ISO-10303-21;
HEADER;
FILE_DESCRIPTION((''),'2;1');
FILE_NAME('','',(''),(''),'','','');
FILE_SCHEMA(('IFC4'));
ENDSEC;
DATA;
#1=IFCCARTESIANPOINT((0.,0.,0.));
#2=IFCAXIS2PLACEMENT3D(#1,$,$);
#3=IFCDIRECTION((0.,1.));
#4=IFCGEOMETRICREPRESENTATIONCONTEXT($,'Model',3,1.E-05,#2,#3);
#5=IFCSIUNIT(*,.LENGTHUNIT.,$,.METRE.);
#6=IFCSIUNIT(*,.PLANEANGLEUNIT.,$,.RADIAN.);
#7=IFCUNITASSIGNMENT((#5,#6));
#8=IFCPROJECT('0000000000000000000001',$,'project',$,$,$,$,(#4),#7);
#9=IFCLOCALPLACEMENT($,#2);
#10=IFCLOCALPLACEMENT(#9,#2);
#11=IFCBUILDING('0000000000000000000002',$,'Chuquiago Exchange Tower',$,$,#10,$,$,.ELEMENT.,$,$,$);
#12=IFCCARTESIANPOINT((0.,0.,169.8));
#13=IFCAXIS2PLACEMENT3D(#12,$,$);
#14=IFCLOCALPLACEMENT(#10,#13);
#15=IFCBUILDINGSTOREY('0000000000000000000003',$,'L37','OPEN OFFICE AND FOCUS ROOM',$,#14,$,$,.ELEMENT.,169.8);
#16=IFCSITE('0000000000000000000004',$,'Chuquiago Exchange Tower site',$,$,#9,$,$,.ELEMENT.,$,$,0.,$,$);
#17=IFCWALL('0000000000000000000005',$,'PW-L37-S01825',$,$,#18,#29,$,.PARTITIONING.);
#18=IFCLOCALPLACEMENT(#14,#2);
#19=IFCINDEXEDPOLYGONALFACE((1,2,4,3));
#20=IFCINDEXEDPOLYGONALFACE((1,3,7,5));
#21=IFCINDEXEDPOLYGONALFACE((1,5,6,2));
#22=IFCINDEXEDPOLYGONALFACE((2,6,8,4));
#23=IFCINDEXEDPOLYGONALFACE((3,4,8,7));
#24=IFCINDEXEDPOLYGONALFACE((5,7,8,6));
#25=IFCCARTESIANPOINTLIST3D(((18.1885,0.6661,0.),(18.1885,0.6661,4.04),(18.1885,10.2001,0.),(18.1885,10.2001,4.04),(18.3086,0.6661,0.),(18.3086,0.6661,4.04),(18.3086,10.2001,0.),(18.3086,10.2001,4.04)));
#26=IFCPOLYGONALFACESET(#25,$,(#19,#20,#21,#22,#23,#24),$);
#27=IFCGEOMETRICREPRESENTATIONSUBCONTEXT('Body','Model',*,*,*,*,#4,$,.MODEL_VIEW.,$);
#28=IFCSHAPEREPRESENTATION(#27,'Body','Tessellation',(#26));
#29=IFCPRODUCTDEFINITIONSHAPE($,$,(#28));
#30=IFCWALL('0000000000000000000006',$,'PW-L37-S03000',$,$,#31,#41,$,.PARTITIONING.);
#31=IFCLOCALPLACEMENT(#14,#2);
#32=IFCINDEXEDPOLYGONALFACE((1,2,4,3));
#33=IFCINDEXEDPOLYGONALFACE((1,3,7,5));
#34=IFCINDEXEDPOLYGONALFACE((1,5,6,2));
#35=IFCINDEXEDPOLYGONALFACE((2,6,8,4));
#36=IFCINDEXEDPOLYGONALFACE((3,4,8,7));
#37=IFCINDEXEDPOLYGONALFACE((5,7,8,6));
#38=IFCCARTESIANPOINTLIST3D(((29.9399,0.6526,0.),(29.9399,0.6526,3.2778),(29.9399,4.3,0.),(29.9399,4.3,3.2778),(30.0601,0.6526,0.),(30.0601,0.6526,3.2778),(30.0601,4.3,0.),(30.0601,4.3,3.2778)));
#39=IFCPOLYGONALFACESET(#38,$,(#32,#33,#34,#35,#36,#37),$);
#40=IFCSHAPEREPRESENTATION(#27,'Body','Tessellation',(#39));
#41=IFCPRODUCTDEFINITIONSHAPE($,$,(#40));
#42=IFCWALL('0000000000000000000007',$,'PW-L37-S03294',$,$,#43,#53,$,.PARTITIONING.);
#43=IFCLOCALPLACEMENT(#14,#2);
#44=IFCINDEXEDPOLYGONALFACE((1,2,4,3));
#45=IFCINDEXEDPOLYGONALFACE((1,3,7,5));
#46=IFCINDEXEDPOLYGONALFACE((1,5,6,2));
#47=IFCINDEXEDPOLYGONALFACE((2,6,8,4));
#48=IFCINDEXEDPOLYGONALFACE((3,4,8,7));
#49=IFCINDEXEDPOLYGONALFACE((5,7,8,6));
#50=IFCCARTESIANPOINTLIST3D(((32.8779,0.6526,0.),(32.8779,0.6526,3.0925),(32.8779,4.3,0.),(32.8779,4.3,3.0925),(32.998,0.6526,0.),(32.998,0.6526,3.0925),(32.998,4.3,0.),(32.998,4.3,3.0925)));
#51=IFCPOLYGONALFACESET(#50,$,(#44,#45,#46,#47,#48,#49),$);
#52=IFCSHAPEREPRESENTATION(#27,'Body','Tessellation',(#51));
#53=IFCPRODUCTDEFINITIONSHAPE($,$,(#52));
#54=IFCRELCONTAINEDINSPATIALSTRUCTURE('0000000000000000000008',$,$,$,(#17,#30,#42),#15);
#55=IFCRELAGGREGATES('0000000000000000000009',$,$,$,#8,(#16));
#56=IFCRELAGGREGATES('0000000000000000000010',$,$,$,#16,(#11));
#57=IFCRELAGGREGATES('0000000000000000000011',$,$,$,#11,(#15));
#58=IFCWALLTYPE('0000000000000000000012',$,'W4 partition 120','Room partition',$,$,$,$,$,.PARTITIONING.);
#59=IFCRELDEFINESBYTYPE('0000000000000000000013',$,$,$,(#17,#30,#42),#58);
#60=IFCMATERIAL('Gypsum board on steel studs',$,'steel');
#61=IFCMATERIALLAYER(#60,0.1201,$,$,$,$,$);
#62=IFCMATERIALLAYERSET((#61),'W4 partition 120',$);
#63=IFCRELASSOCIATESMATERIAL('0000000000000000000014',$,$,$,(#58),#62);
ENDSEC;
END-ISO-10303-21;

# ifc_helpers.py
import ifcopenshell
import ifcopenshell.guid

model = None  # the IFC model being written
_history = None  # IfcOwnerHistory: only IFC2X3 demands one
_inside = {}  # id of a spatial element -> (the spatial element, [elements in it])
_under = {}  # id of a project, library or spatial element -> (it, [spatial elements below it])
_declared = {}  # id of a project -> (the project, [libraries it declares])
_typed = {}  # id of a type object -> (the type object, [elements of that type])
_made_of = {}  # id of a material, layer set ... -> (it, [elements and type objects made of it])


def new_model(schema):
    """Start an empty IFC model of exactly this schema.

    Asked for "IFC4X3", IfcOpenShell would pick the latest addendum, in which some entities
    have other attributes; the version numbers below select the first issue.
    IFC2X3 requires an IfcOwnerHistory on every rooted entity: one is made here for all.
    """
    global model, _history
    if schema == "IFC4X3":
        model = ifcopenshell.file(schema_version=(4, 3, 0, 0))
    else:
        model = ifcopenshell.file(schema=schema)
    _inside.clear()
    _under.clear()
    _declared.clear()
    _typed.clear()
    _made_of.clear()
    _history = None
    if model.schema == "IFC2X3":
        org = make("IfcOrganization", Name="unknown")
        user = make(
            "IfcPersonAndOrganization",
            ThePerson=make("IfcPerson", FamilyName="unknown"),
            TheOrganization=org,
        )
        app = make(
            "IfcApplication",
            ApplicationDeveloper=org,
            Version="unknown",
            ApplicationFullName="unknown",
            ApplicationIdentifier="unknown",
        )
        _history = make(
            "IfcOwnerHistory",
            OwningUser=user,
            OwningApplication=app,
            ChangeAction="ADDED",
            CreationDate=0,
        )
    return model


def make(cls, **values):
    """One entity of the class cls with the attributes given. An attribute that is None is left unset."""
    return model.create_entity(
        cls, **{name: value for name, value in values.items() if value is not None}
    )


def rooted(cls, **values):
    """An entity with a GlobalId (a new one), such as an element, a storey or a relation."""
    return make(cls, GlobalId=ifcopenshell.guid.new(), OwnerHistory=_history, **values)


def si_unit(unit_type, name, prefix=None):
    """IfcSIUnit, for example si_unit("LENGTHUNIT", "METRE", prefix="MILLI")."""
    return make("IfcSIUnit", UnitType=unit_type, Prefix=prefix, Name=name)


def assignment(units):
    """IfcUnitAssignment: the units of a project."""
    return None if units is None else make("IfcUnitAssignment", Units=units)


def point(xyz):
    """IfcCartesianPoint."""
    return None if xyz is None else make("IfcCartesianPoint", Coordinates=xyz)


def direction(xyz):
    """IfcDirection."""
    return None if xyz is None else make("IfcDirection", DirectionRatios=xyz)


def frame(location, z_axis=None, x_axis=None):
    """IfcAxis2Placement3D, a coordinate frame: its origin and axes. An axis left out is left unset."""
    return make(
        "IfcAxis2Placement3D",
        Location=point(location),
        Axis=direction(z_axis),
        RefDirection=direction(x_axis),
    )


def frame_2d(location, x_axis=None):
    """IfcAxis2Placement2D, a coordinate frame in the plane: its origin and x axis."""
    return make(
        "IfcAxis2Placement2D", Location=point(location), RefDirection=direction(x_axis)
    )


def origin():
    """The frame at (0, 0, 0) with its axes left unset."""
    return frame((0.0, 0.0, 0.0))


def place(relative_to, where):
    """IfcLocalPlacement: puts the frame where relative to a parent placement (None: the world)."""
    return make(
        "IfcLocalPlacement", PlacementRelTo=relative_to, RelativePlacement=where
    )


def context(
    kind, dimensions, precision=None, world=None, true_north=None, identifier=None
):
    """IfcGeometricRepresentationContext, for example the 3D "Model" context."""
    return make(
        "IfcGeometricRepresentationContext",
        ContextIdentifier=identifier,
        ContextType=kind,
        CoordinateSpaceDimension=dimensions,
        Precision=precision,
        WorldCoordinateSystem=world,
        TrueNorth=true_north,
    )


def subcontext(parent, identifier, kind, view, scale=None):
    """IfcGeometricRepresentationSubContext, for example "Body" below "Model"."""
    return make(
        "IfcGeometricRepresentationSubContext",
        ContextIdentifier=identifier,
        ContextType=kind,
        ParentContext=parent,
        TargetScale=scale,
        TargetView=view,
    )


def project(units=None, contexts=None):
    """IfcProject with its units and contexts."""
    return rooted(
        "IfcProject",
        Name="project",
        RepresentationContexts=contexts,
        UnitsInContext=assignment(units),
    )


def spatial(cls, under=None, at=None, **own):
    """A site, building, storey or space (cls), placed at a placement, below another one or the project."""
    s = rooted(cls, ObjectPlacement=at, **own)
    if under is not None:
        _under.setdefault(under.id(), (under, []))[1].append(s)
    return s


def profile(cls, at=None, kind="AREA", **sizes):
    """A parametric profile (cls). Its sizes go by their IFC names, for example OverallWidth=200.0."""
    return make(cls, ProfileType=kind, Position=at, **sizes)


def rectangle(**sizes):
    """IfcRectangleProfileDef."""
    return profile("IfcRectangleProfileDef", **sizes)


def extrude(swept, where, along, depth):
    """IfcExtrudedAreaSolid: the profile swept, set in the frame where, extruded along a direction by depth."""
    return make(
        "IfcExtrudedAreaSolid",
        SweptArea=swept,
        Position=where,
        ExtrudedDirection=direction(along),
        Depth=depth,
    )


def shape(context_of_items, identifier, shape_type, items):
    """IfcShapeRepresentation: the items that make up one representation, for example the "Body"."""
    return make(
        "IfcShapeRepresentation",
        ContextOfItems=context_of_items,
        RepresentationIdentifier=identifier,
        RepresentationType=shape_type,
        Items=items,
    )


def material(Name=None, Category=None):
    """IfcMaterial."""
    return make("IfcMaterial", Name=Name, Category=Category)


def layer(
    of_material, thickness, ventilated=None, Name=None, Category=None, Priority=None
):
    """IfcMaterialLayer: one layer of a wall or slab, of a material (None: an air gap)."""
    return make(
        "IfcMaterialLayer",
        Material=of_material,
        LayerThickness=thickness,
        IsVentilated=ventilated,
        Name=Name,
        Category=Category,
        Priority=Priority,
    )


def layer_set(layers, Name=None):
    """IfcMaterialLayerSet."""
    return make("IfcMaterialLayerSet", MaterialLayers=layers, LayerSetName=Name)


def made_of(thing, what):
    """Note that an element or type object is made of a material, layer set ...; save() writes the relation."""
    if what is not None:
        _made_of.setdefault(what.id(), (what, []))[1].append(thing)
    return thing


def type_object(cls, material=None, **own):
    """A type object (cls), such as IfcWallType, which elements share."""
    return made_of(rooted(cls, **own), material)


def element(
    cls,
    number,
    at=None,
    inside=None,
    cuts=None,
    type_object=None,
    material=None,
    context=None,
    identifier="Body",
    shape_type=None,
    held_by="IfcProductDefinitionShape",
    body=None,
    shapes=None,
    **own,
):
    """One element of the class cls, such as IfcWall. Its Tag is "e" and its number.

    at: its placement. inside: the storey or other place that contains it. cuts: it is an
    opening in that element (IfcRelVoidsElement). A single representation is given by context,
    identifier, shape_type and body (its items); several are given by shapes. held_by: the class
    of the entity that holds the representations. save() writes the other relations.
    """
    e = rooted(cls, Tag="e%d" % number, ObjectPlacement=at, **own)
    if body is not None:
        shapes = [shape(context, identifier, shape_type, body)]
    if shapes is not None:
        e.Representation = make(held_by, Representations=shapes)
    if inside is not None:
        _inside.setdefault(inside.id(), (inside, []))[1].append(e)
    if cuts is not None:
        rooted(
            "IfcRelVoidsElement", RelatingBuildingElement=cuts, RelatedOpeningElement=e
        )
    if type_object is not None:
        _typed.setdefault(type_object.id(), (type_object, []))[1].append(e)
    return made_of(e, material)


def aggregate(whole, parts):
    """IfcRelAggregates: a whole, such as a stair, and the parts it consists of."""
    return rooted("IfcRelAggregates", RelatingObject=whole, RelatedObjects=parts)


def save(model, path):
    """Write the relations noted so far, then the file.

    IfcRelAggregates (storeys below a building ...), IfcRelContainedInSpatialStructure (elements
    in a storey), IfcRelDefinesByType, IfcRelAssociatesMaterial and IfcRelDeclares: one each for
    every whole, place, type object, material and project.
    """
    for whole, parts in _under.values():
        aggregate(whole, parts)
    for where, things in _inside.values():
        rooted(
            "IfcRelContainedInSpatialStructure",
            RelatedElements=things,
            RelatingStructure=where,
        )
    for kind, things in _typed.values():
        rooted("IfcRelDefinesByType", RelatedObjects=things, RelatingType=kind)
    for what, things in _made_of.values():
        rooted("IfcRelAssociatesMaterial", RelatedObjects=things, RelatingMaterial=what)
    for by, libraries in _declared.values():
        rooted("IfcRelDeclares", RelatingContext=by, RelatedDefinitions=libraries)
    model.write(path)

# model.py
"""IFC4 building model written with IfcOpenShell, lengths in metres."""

from ifc_helpers import new_model, si_unit, direction, frame, frame_2d, origin, place, context, subcontext, project, spatial, rectangle, extrude, material, layer, layer_set, type_object, element, save


model = new_model("IFC4")

# Units and contexts
model_context = context("Model", 3, precision=1e-05, world=origin(), true_north=direction((0.0, 1.0)))
body_context = subcontext(model_context, "Body", "Model", "MODEL_VIEW")
ifc_project = project(units=[si_unit("LENGTHUNIT", "METRE"), si_unit("PLANEANGLEUNIT", "RADIAN")], contexts=[model_context])

# Site, building, storey
site_placement = place(None, origin())
site = spatial("IfcSite", under=ifc_project, at=site_placement, Name="Chuquiago Exchange Tower site", CompositionType="ELEMENT", RefElevation=0.0)
building_placement = place(site_placement, origin())
building = spatial("IfcBuilding", under=site, at=building_placement, Name="Chuquiago Exchange Tower", CompositionType="ELEMENT")
storey_placement = place(building_placement, frame((0.0, 0.0, 169.8)))
storey = spatial("IfcBuildingStorey", under=building, at=storey_placement, Name="L37", Description="OPEN OFFICE AND FOCUS ROOM", CompositionType="ELEMENT", Elevation=169.8)

# Walls
ifc_material_1 = material(Name="Gypsum board on steel studs", Category="steel")
ifc_layer_1 = layer(ifc_material_1, 0.1201)
ifc_layer_set_1 = layer_set([ifc_layer_1], Name="W4 partition 120")
wall_type_1 = type_object("IfcWallType", Name="W4 partition 120", Description="Room partition", PredefinedType="PARTITIONING", material=ifc_layer_set_1)
wall_1_placement = place(storey_placement, frame((18.2485, 0.666, 0.0), z_axis=(0.0, 0.0, 1.0), x_axis=(0.0, 1.0, 0.0)))
element("IfcWall", 1, at=wall_1_placement, inside=storey, type_object=wall_type_1, Name="PW-L37-S01825", PredefinedType="PARTITIONING", context=body_context, shape_type="SweptSolid", body=[
    extrude(rectangle(XDim=9.5339, YDim=0.1201, at=frame_2d((4.7671, 0.0))), origin(), (0.0, 0.0, 1.0), 4.04),
])
wall_2_placement = place(storey_placement, frame((30.0, 0.6526, 0.0), z_axis=(0.0, 0.0, 1.0), x_axis=(0.0, 1.0, 0.0)))
element("IfcWall", 2, at=wall_2_placement, inside=storey, type_object=wall_type_1, Name="PW-L37-S03000", PredefinedType="PARTITIONING", context=body_context, shape_type="SweptSolid", body=[
    extrude(rectangle(XDim=3.6475, YDim=0.1201, at=frame_2d((1.8237, 0.0))), origin(), (0.0, 0.0, 1.0), 3.2778),
])
wall_3_placement = place(storey_placement, frame((32.938, 0.6526, 0.0), z_axis=(0.0, 0.0, 1.0), x_axis=(0.0, 1.0, 0.0)))
element("IfcWall", 3, at=wall_3_placement, inside=storey, type_object=wall_type_1, Name="PW-L37-S03294", PredefinedType="PARTITIONING", context=body_context, shape_type="SweptSolid", body=[
    extrude(rectangle(XDim=3.6475, YDim=0.1201, at=frame_2d((1.8237, 0.0))), origin(), (0.0, 0.0, 1.0), 3.0925),
])

save(model, "model.ifc")
